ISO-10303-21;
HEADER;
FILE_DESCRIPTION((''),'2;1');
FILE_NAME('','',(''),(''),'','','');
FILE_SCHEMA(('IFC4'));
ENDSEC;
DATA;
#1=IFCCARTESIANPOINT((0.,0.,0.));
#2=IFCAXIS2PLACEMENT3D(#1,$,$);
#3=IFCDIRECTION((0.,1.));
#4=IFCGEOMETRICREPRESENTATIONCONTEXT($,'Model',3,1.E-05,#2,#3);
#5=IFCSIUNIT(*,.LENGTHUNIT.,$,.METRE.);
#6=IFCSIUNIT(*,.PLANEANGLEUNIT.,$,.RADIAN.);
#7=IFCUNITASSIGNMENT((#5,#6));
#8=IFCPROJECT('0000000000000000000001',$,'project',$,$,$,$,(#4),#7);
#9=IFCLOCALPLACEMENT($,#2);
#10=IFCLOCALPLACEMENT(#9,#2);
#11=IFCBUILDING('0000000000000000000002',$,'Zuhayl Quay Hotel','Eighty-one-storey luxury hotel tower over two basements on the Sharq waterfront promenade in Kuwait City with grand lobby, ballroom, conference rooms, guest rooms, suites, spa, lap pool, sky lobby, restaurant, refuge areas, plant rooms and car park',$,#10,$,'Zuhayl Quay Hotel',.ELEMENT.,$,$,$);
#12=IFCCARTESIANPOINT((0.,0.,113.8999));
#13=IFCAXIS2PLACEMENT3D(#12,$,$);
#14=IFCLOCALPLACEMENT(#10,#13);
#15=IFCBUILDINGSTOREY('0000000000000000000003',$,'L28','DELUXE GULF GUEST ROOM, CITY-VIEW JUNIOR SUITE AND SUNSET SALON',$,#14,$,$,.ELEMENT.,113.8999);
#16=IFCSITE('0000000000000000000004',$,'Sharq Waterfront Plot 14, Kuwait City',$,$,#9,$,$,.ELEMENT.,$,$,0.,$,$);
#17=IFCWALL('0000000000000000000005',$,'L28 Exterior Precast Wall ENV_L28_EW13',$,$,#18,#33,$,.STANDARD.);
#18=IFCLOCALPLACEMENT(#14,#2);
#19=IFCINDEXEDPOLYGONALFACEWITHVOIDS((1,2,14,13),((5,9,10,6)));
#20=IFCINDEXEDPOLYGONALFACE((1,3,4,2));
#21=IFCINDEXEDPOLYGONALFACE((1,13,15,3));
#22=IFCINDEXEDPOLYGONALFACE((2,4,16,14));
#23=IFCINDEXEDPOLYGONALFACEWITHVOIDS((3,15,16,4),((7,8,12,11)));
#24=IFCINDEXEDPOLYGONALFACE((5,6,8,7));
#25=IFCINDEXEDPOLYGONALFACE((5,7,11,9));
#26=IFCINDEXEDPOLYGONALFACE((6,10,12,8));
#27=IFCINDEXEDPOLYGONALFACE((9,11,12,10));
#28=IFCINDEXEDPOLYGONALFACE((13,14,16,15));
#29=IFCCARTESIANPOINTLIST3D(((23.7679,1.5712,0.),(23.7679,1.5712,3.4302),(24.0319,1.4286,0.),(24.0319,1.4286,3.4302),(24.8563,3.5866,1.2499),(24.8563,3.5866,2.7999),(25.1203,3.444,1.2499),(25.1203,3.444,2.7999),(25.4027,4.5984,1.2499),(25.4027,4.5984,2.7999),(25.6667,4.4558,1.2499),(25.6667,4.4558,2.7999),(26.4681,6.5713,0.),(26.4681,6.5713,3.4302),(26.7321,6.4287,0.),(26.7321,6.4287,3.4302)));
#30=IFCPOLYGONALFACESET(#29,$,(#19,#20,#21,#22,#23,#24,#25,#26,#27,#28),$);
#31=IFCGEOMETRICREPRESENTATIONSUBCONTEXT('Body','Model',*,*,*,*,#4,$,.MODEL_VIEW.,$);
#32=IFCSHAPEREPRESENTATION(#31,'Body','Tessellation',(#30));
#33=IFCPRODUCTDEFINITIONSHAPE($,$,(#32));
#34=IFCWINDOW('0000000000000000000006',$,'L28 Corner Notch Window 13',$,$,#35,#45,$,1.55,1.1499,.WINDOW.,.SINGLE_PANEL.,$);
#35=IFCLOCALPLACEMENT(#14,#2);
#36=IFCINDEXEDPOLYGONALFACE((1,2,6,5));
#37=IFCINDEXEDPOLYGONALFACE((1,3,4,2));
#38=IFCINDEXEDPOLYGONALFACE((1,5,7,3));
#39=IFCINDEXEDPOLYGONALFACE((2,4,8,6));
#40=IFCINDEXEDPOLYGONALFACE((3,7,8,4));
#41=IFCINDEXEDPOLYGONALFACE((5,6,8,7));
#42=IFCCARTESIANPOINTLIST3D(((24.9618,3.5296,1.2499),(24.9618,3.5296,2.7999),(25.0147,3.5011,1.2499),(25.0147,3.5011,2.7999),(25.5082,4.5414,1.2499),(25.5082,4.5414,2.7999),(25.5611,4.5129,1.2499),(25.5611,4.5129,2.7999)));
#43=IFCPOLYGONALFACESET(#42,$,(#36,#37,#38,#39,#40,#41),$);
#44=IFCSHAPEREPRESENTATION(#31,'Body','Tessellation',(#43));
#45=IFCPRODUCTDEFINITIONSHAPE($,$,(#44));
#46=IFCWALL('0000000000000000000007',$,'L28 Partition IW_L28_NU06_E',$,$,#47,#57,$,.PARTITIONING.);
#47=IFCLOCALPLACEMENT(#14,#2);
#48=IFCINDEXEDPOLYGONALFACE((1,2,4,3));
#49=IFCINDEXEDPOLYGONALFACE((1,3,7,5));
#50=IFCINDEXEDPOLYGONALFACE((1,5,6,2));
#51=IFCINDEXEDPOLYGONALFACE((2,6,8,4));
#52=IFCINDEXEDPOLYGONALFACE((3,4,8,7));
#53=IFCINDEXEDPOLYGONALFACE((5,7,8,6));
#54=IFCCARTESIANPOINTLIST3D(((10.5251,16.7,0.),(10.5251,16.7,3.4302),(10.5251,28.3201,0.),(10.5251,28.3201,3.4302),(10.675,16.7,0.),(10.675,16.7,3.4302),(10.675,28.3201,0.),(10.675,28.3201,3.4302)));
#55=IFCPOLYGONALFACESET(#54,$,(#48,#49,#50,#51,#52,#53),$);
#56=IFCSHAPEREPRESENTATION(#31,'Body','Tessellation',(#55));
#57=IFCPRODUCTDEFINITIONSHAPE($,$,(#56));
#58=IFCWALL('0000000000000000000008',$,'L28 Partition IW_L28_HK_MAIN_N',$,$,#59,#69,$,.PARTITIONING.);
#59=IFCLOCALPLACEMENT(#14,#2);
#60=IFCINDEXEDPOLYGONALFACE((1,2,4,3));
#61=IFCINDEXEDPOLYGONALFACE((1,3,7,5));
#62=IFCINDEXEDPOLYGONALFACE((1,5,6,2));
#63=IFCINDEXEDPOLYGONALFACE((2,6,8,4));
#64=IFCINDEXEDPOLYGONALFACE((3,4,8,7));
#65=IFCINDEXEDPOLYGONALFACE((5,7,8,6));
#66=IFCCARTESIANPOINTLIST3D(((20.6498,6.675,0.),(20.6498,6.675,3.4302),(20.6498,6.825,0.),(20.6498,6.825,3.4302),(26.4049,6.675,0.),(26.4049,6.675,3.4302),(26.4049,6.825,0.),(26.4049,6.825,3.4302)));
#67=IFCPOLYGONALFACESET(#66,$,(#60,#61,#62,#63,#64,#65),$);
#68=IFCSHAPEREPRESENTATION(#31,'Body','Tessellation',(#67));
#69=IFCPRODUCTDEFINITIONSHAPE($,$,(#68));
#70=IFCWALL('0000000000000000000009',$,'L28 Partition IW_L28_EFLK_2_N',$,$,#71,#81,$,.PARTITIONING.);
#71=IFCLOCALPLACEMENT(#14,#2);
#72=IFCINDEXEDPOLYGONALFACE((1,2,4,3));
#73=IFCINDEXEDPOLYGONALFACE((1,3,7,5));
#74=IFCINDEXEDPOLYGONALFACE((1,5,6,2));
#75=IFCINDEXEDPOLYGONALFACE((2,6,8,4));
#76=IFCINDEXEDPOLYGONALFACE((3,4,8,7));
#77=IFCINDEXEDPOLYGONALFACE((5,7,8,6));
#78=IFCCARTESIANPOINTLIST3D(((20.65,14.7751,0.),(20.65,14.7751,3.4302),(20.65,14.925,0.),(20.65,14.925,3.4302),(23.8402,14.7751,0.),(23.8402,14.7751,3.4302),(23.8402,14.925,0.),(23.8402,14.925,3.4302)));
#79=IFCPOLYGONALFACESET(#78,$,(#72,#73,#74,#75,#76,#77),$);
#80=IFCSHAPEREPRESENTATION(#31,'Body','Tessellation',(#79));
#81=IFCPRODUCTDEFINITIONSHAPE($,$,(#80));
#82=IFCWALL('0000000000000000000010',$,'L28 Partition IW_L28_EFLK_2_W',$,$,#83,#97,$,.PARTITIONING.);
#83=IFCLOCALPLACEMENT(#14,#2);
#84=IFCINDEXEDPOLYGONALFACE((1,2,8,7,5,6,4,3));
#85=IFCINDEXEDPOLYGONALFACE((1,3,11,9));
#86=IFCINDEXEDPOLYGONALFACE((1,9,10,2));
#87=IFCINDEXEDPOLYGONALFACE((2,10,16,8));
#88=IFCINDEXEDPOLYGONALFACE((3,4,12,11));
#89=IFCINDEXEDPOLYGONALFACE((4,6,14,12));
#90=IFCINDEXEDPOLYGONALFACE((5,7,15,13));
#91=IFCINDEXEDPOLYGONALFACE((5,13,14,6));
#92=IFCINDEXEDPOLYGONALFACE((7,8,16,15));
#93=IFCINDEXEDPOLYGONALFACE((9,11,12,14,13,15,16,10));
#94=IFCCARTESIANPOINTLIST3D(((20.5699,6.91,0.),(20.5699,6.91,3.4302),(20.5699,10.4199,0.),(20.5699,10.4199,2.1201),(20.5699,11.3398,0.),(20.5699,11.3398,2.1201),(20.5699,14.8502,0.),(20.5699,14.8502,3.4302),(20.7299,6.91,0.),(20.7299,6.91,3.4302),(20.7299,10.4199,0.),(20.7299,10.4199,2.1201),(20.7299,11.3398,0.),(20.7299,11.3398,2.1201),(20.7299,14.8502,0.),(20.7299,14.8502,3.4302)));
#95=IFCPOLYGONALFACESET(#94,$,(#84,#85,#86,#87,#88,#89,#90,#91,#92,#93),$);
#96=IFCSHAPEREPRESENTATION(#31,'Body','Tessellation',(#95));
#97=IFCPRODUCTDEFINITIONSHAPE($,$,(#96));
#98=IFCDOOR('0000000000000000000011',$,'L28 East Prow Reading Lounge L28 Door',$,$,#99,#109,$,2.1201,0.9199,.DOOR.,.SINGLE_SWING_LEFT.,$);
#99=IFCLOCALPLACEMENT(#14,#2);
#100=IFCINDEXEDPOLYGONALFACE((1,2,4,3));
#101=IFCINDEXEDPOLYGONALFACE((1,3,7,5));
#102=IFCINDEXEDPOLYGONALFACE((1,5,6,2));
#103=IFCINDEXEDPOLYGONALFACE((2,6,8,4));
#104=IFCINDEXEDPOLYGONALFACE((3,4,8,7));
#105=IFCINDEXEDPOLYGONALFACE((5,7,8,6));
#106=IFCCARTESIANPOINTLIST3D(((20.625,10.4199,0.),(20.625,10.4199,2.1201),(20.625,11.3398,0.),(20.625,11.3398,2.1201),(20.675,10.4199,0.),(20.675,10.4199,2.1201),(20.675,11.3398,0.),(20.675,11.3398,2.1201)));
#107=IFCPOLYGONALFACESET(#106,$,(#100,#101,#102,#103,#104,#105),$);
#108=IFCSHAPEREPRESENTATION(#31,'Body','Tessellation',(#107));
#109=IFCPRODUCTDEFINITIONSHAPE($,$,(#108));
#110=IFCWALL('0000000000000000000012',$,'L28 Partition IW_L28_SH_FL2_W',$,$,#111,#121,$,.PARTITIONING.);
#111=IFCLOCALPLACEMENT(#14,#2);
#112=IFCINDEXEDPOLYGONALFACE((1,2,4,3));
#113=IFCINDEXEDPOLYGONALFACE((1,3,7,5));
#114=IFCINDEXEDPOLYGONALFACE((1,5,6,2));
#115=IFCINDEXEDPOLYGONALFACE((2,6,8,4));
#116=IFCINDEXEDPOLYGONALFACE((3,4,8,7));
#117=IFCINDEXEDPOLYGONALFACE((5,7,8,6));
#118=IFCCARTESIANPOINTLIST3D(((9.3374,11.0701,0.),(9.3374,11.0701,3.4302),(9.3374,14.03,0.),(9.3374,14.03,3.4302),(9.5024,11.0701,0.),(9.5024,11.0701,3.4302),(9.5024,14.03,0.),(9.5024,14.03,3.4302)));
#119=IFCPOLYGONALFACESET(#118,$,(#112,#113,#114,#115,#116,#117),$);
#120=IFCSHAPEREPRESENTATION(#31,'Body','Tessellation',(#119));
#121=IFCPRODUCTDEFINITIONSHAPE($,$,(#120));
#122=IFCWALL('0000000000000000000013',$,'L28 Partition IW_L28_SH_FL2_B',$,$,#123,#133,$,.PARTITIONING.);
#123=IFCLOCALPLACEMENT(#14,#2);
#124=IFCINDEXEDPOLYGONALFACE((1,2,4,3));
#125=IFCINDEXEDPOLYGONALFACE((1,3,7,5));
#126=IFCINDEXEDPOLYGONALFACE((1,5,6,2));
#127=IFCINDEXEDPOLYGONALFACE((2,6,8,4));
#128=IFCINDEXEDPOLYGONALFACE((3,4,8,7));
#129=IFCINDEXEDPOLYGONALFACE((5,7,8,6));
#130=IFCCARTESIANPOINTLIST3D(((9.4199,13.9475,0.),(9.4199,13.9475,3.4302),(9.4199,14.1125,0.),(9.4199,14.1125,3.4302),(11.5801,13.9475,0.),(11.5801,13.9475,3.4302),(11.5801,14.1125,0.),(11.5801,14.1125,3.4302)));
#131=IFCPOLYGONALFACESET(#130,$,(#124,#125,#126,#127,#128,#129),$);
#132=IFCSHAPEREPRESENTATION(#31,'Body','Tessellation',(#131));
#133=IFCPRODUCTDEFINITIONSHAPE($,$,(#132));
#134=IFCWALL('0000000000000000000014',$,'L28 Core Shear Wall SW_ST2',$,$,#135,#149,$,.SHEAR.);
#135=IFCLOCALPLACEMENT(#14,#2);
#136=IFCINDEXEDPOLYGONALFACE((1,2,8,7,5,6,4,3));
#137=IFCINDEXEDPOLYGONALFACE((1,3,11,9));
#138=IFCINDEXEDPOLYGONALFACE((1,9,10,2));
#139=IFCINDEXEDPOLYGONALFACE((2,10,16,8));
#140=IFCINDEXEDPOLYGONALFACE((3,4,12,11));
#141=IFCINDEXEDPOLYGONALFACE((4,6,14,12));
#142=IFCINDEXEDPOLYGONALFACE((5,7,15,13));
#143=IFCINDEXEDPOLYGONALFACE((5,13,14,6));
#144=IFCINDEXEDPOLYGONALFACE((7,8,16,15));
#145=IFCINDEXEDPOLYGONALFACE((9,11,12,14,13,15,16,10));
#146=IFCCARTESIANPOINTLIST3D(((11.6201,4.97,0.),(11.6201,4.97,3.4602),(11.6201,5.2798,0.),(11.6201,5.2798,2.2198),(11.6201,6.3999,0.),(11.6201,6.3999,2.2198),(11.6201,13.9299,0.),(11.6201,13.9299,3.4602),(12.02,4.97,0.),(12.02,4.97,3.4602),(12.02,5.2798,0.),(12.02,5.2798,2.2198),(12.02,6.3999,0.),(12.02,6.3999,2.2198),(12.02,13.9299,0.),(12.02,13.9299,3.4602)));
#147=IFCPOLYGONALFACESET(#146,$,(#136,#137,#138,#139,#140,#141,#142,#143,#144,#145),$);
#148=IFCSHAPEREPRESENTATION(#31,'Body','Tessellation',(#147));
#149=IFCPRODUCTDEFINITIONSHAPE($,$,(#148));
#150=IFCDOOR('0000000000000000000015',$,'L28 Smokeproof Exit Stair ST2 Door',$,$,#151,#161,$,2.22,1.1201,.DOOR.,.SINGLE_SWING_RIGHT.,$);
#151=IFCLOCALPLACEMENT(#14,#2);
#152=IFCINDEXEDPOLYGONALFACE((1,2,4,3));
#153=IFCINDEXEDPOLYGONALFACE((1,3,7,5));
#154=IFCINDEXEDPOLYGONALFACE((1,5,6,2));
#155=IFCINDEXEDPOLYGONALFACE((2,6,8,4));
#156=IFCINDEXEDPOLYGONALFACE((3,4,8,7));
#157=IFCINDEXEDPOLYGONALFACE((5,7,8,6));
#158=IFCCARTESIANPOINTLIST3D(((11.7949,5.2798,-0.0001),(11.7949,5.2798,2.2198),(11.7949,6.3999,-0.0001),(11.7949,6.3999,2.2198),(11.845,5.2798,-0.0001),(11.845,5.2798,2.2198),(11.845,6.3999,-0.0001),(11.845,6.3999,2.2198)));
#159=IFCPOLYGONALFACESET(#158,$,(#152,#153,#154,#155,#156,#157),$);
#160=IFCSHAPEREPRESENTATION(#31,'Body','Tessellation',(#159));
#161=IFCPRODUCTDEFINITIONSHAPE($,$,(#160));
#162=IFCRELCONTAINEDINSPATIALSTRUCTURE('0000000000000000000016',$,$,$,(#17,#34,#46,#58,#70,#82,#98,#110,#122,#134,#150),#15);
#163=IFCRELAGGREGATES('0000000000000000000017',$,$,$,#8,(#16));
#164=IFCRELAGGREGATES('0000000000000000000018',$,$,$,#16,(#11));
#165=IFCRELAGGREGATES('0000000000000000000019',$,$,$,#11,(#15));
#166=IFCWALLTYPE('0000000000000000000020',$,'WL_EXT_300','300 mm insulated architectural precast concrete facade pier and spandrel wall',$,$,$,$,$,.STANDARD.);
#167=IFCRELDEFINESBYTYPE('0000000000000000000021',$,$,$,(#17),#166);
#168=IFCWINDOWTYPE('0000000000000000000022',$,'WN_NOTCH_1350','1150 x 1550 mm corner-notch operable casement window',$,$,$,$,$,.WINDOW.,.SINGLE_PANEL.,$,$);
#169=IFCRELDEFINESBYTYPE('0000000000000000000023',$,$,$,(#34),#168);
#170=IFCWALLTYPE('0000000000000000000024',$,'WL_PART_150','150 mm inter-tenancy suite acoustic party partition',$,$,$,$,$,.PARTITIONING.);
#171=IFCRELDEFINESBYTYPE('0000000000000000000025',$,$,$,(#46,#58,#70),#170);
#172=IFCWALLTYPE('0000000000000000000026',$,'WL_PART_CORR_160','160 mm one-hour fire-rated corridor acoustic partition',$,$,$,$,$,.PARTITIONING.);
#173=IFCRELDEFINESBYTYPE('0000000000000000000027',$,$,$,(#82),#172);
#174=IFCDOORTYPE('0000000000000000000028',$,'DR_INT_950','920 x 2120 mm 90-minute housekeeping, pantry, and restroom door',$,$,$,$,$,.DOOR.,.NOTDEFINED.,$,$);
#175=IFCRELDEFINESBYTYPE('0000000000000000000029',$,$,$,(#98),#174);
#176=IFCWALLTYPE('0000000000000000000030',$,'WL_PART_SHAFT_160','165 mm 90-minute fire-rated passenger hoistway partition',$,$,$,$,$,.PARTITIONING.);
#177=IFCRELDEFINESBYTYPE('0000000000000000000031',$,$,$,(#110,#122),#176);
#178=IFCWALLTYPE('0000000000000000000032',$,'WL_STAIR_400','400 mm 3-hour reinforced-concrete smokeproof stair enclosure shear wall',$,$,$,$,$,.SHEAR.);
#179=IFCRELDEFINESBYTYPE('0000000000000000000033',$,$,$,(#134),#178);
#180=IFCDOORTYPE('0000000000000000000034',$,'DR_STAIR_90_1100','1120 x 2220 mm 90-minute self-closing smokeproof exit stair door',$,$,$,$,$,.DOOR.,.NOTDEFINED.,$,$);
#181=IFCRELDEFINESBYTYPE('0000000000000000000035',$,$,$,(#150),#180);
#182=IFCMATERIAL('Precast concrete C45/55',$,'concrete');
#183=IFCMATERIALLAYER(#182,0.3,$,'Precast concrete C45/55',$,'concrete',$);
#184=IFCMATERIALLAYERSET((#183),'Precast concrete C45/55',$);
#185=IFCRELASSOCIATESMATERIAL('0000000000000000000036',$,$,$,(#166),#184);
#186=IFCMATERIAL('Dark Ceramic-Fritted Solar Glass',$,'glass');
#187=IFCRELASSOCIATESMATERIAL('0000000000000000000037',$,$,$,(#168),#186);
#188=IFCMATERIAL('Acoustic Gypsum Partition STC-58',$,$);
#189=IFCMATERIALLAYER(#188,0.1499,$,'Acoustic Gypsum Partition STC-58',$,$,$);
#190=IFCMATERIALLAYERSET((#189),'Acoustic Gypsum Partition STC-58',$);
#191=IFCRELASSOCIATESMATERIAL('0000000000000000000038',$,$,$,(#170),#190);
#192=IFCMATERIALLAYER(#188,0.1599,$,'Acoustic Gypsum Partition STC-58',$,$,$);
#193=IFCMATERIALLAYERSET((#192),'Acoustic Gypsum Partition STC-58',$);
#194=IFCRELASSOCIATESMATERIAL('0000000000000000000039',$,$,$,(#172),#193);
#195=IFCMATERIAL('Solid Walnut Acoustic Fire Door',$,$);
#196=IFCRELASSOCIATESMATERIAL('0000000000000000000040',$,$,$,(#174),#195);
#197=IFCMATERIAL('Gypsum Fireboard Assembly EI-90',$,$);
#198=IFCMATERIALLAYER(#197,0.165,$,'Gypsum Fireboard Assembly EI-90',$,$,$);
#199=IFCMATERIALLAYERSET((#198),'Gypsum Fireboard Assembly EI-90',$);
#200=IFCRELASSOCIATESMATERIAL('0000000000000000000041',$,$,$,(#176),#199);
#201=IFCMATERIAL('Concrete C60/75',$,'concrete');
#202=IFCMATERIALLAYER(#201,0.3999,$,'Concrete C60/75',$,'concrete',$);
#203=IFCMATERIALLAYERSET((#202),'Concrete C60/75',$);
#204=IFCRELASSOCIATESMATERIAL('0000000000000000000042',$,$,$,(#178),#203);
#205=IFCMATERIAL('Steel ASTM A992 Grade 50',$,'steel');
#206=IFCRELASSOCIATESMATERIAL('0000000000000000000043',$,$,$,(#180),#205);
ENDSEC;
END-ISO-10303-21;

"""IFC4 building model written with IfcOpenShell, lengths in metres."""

from ifc_helpers import new_model, si_unit, direction, frame, frame_2d, origin, place, context, subcontext, project, spatial, rectangle, extrude, material, layer, layer_set, type_object, element, fill, save


model = new_model("IFC4")

# Units and contexts
model_context = context("Model", 3, precision=1e-05, world=origin(), true_north=direction((0.0, 1.0)))
body_context = subcontext(model_context, "Body", "Model", "MODEL_VIEW")
ifc_project = project(units=[si_unit("LENGTHUNIT", "METRE"), si_unit("PLANEANGLEUNIT", "RADIAN")], contexts=[model_context])

# Site, building, storey
site_placement = place(None, origin())
site = spatial("IfcSite", under=ifc_project, at=site_placement, Name="Sharq Waterfront Plot 14, Kuwait City", CompositionType="ELEMENT", RefElevation=0.0)
building_placement = place(site_placement, origin())
building = spatial("IfcBuilding", under=site, at=building_placement, Name="Zuhayl Quay Hotel", Description="Eighty-one-storey luxury hotel tower over two basements on the Sharq waterfront promenade in Kuwait City with grand lobby, ballroom, conference rooms, guest rooms, suites, spa, lap pool, sky lobby, restaurant, refuge areas, plant rooms and car park", LongName="Zuhayl Quay Hotel", CompositionType="ELEMENT")
storey_placement = place(building_placement, frame((0.0, 0.0, 113.8999)))
storey = spatial("IfcBuildingStorey", under=building, at=storey_placement, Name="L28", Description="DELUXE GULF GUEST ROOM, CITY-VIEW JUNIOR SUITE AND SUNSET SALON", CompositionType="ELEMENT", Elevation=113.8999)

# Shared definitions
ifc_material_1 = material(Name="Steel ASTM A992 Grade 50", Category="steel")

# Shared definitions
ifc_material_2 = material(Name="Concrete C60/75", Category="concrete")

# Wall, opening, window
ifc_material_3 = material(Name="Precast concrete C45/55", Category="concrete")
ifc_layer_1 = layer(ifc_material_3, 0.3, Name="Precast concrete C45/55", Category="concrete")
ifc_layer_set_1 = layer_set([ifc_layer_1], Name="Precast concrete C45/55")
wall_type_1 = type_object("IfcWallType", Name="WL_EXT_300", Description="300 mm insulated architectural precast concrete facade pier and spandrel wall", PredefinedType="STANDARD", material=ifc_layer_set_1)
ifc_material_4 = material(Name="Dark Ceramic-Fritted Solar Glass", Category="glass")
window_type_1 = type_object("IfcWindowType", Name="WN_NOTCH_1350", Description="1150 x 1550 mm corner-notch operable casement window", PartitioningType="SINGLE_PANEL", PredefinedType="WINDOW", material=ifc_material_4)
wall_1_placement = place(storey_placement, frame((26.6001, 6.5, 0.0), z_axis=(0.0, 0.0, 1.0), x_axis=(-0.475176, -0.879891, 0.0)))
wall_1 = element("IfcWall", 1, at=wall_1_placement, inside=storey, type_object=wall_type_1, Name="L28 Exterior Precast Wall ENV_L28_EW13", PredefinedType="STANDARD", context=body_context, shape_type="SweptSolid", body=[
    extrude(rectangle(XDim=5.6826, YDim=0.3, at=frame_2d((2.8413, 0.0))), origin(), (0.0, 0.0, 1.0), 3.4302),
])
opening_1_placement = place(wall_1_placement, frame((2.2422, 0.0, 1.25)))
opening_1 = element("IfcOpeningElement", 2, at=opening_1_placement, cuts=wall_1, PredefinedType="OPENING", context=body_context, shape_type="SweptSolid", body=[
    extrude(rectangle(XDim=1.1499, YDim=1.55, at=frame_2d((0.575, 0.7749))), frame((0.0, 0.1599, 0.0), z_axis=(0.0, -1.0, 0.0), x_axis=(1.0, 0.0, 0.0)), (0.0, 0.0, 1.0), 0.3201),
])
window_1_placement = place(opening_1_placement, origin())
window_1 = element("IfcWindow", 3, at=window_1_placement, inside=storey, type_object=window_type_1, Name="L28 Corner Notch Window 13", OverallHeight=1.55, OverallWidth=1.1499, PartitioningType="SINGLE_PANEL", PredefinedType="WINDOW", context=body_context, shape_type="SweptSolid", body=[
    extrude(rectangle(XDim=1.1499, YDim=1.55, at=frame_2d((0.575, 0.7749))), frame((0.0, 0.03, 0.0), z_axis=(0.0, -1.0, 0.0), x_axis=(1.0, 0.0, 0.0)), (0.0, 0.0, 1.0), 0.0601),
])
fill(opening_1, window_1)

# Walls
ifc_material_5 = material(Name="Acoustic Gypsum Partition STC-58")
ifc_layer_2 = layer(ifc_material_5, 0.1499, Name="Acoustic Gypsum Partition STC-58")
ifc_layer_set_2 = layer_set([ifc_layer_2], Name="Acoustic Gypsum Partition STC-58")
wall_type_2 = type_object("IfcWallType", Name="WL_PART_150", Description="150 mm inter-tenancy suite acoustic party partition", PredefinedType="PARTITIONING", material=ifc_layer_set_2)
wall_2_placement = place(storey_placement, frame((10.6001, 16.7, 0.0), z_axis=(0.0, 0.0, 1.0), x_axis=(0.0, 1.0, 0.0)))
element("IfcWall", 4, at=wall_2_placement, inside=storey, type_object=wall_type_2, Name="L28 Partition IW_L28_NU06_E", PredefinedType="PARTITIONING", context=body_context, shape_type="SweptSolid", body=[
    extrude(rectangle(XDim=11.6201, YDim=0.1499, at=frame_2d((5.8101, 0.0))), origin(), (0.0, 0.0, 1.0), 3.4302),
])
wall_3_placement = place(storey_placement, frame((20.6499, 6.75, 0.0), z_axis=(0.0, 0.0, 1.0), x_axis=(1.0, 0.0, 0.0)))
element("IfcWall", 5, at=wall_3_placement, inside=storey, type_object=wall_type_2, Name="L28 Partition IW_L28_HK_MAIN_N", PredefinedType="PARTITIONING", context=body_context, shape_type="SweptSolid", body=[
    extrude(rectangle(XDim=5.7551, YDim=0.1499, at=frame_2d((2.8774, 0.0))), origin(), (0.0, 0.0, 1.0), 3.4302),
])
wall_4_placement = place(storey_placement, frame((20.6499, 14.8501, 0.0), z_axis=(0.0, 0.0, 1.0), x_axis=(1.0, 0.0, 0.0)))
element("IfcWall", 6, at=wall_4_placement, inside=storey, type_object=wall_type_2, Name="L28 Partition IW_L28_EFLK_2_N", PredefinedType="PARTITIONING", context=body_context, shape_type="SweptSolid", body=[
    extrude(rectangle(XDim=3.1902, YDim=0.1499, at=frame_2d((1.5952, 0.0))), origin(), (0.0, 0.0, 1.0), 3.4302),
])

# Wall, opening, door
ifc_layer_3 = layer(ifc_material_5, 0.1599, Name="Acoustic Gypsum Partition STC-58")
ifc_layer_set_3 = layer_set([ifc_layer_3], Name="Acoustic Gypsum Partition STC-58")
wall_type_3 = type_object("IfcWallType", Name="WL_PART_CORR_160", Description="160 mm one-hour fire-rated corridor acoustic partition", PredefinedType="PARTITIONING", material=ifc_layer_set_3)
ifc_material_6 = material(Name="Solid Walnut Acoustic Fire Door")
wall_5_placement = place(storey_placement, frame((20.6499, 6.9099, 0.0), z_axis=(0.0, 0.0, 1.0), x_axis=(0.0, 1.0, 0.0)))
wall_5 = element("IfcWall", 7, at=wall_5_placement, inside=storey, type_object=wall_type_3, Name="L28 Partition IW_L28_EFLK_2_W", PredefinedType="PARTITIONING", context=body_context, shape_type="SweptSolid", body=[
    extrude(rectangle(XDim=7.9402, YDim=0.1599, at=frame_2d((3.9702, 0.0))), origin(), (0.0, 0.0, 1.0), 3.4302),
])
opening_2_placement = place(wall_5_placement, frame((3.51, 0.0, 0.0)))
opening_2 = element("IfcOpeningElement", 8, at=opening_2_placement, cuts=wall_5, PredefinedType="OPENING", context=body_context, shape_type="SweptSolid", body=[
    extrude(rectangle(XDim=0.9199, YDim=2.1201, at=frame_2d((0.46, 1.0601))), frame((0.0, 0.0898, 0.0), z_axis=(0.0, -1.0, 0.0), x_axis=(1.0, 0.0, 0.0)), (0.0, 0.0, 1.0), 0.1799),
])
door_type_1 = type_object("IfcDoorType", Name="DR_INT_950", Description="920 x 2120 mm 90-minute housekeeping, pantry, and restroom door", OperationType="NOTDEFINED", PredefinedType="DOOR", material=ifc_material_6)
door_1_placement = place(opening_2_placement, origin())
door_1 = element("IfcDoor", 9, at=door_1_placement, inside=storey, type_object=door_type_1, Name="L28 East Prow Reading Lounge L28 Door", OperationType="SINGLE_SWING_LEFT", OverallHeight=2.1201, OverallWidth=0.9199, PredefinedType="DOOR", context=body_context, shape_type="SweptSolid", body=[
    extrude(rectangle(XDim=0.9199, YDim=2.1201, at=frame_2d((0.46, 1.0601))), frame((0.0, 0.0249, 0.0), z_axis=(0.0, -1.0, 0.0), x_axis=(1.0, 0.0, 0.0)), (0.0, 0.0, 1.0), 0.05),
])
fill(opening_2, door_1)

# Walls
ifc_material_7 = material(Name="Gypsum Fireboard Assembly EI-90")
ifc_layer_4 = layer(ifc_material_7, 0.165, Name="Gypsum Fireboard Assembly EI-90")
ifc_layer_set_4 = layer_set([ifc_layer_4], Name="Gypsum Fireboard Assembly EI-90")
wall_type_4 = type_object("IfcWallType", Name="WL_PART_SHAFT_160", Description="165 mm 90-minute fire-rated passenger hoistway partition", PredefinedType="PARTITIONING", material=ifc_layer_set_4)
wall_6_placement = place(storey_placement, frame((9.4199, 11.0701, 0.0), z_axis=(0.0, 0.0, 1.0), x_axis=(0.0, 1.0, 0.0)))
element("IfcWall", 10, at=wall_6_placement, inside=storey, type_object=wall_type_4, Name="L28 Partition IW_L28_SH_FL2_W", PredefinedType="PARTITIONING", context=body_context, shape_type="SweptSolid", body=[
    extrude(rectangle(XDim=2.96, YDim=0.165, at=frame_2d((1.48, 0.0))), origin(), (0.0, 0.0, 1.0), 3.4302),
])
wall_7_placement = place(storey_placement, frame((9.4199, 14.03, 0.0), z_axis=(0.0, 0.0, 1.0), x_axis=(1.0, 0.0, 0.0)))
element("IfcWall", 11, at=wall_7_placement, inside=storey, type_object=wall_type_4, Name="L28 Partition IW_L28_SH_FL2_B", PredefinedType="PARTITIONING", context=body_context, shape_type="SweptSolid", body=[
    extrude(rectangle(XDim=2.1602, YDim=0.165, at=frame_2d((1.0801, 0.0))), origin(), (0.0, 0.0, 1.0), 3.4302),
])

# Wall, opening, door
ifc_layer_5 = layer(ifc_material_2, 0.3999, Name="Concrete C60/75", Category="concrete")
ifc_layer_set_5 = layer_set([ifc_layer_5], Name="Concrete C60/75")
wall_type_5 = type_object("IfcWallType", Name="WL_STAIR_400", Description="400 mm 3-hour reinforced-concrete smokeproof stair enclosure shear wall", PredefinedType="SHEAR", material=ifc_layer_set_5)
wall_8_placement = place(storey_placement, frame((11.8201, 13.9299, 0.0), z_axis=(0.0, 0.0, 1.0), x_axis=(0.0, -1.0, 0.0)))
wall_8 = element("IfcWall", 12, at=wall_8_placement, inside=storey, type_object=wall_type_5, Name="L28 Core Shear Wall SW_ST2", PredefinedType="SHEAR", context=body_context, shape_type="SweptSolid", body=[
    extrude(rectangle(XDim=8.96, YDim=0.3999, at=frame_2d((4.48, 0.0))), origin(), (0.0, 0.0, 1.0), 3.4602),
])
opening_3_placement = place(wall_8_placement, frame((7.53, 0.0, 0.0)))
opening_3 = element("IfcOpeningElement", 13, at=opening_3_placement, cuts=wall_8, PredefinedType="OPENING", context=body_context, shape_type="SweptSolid", body=[
    extrude(rectangle(XDim=1.1201, YDim=2.22, at=frame_2d((0.5601, 1.1099))), frame((0.0, 0.21, 0.0), z_axis=(0.0, -1.0, 0.0), x_axis=(1.0, 0.0, 0.0)), (0.0, 0.0, 1.0), 0.4199),
])
door_type_2 = type_object("IfcDoorType", Name="DR_STAIR_90_1100", Description="1120 x 2220 mm 90-minute self-closing smokeproof exit stair door", OperationType="NOTDEFINED", PredefinedType="DOOR", material=ifc_material_1)
door_2_placement = place(opening_3_placement, origin())
door_2 = element("IfcDoor", 14, at=door_2_placement, inside=storey, type_object=door_type_2, Name="L28 Smokeproof Exit Stair ST2 Door", OperationType="SINGLE_SWING_RIGHT", OverallHeight=2.22, OverallWidth=1.1201, PredefinedType="DOOR", context=body_context, shape_type="SweptSolid", body=[
    extrude(rectangle(XDim=1.1201, YDim=2.22, at=frame_2d((0.5601, 1.1099))), frame((0.0, 0.0249, 0.0), z_axis=(0.0, -1.0, 0.0), x_axis=(1.0, 0.0, 0.0)), (0.0, 0.0, 1.0), 0.05),
])
fill(opening_3, door_2)

save(model, "model.ifc")
